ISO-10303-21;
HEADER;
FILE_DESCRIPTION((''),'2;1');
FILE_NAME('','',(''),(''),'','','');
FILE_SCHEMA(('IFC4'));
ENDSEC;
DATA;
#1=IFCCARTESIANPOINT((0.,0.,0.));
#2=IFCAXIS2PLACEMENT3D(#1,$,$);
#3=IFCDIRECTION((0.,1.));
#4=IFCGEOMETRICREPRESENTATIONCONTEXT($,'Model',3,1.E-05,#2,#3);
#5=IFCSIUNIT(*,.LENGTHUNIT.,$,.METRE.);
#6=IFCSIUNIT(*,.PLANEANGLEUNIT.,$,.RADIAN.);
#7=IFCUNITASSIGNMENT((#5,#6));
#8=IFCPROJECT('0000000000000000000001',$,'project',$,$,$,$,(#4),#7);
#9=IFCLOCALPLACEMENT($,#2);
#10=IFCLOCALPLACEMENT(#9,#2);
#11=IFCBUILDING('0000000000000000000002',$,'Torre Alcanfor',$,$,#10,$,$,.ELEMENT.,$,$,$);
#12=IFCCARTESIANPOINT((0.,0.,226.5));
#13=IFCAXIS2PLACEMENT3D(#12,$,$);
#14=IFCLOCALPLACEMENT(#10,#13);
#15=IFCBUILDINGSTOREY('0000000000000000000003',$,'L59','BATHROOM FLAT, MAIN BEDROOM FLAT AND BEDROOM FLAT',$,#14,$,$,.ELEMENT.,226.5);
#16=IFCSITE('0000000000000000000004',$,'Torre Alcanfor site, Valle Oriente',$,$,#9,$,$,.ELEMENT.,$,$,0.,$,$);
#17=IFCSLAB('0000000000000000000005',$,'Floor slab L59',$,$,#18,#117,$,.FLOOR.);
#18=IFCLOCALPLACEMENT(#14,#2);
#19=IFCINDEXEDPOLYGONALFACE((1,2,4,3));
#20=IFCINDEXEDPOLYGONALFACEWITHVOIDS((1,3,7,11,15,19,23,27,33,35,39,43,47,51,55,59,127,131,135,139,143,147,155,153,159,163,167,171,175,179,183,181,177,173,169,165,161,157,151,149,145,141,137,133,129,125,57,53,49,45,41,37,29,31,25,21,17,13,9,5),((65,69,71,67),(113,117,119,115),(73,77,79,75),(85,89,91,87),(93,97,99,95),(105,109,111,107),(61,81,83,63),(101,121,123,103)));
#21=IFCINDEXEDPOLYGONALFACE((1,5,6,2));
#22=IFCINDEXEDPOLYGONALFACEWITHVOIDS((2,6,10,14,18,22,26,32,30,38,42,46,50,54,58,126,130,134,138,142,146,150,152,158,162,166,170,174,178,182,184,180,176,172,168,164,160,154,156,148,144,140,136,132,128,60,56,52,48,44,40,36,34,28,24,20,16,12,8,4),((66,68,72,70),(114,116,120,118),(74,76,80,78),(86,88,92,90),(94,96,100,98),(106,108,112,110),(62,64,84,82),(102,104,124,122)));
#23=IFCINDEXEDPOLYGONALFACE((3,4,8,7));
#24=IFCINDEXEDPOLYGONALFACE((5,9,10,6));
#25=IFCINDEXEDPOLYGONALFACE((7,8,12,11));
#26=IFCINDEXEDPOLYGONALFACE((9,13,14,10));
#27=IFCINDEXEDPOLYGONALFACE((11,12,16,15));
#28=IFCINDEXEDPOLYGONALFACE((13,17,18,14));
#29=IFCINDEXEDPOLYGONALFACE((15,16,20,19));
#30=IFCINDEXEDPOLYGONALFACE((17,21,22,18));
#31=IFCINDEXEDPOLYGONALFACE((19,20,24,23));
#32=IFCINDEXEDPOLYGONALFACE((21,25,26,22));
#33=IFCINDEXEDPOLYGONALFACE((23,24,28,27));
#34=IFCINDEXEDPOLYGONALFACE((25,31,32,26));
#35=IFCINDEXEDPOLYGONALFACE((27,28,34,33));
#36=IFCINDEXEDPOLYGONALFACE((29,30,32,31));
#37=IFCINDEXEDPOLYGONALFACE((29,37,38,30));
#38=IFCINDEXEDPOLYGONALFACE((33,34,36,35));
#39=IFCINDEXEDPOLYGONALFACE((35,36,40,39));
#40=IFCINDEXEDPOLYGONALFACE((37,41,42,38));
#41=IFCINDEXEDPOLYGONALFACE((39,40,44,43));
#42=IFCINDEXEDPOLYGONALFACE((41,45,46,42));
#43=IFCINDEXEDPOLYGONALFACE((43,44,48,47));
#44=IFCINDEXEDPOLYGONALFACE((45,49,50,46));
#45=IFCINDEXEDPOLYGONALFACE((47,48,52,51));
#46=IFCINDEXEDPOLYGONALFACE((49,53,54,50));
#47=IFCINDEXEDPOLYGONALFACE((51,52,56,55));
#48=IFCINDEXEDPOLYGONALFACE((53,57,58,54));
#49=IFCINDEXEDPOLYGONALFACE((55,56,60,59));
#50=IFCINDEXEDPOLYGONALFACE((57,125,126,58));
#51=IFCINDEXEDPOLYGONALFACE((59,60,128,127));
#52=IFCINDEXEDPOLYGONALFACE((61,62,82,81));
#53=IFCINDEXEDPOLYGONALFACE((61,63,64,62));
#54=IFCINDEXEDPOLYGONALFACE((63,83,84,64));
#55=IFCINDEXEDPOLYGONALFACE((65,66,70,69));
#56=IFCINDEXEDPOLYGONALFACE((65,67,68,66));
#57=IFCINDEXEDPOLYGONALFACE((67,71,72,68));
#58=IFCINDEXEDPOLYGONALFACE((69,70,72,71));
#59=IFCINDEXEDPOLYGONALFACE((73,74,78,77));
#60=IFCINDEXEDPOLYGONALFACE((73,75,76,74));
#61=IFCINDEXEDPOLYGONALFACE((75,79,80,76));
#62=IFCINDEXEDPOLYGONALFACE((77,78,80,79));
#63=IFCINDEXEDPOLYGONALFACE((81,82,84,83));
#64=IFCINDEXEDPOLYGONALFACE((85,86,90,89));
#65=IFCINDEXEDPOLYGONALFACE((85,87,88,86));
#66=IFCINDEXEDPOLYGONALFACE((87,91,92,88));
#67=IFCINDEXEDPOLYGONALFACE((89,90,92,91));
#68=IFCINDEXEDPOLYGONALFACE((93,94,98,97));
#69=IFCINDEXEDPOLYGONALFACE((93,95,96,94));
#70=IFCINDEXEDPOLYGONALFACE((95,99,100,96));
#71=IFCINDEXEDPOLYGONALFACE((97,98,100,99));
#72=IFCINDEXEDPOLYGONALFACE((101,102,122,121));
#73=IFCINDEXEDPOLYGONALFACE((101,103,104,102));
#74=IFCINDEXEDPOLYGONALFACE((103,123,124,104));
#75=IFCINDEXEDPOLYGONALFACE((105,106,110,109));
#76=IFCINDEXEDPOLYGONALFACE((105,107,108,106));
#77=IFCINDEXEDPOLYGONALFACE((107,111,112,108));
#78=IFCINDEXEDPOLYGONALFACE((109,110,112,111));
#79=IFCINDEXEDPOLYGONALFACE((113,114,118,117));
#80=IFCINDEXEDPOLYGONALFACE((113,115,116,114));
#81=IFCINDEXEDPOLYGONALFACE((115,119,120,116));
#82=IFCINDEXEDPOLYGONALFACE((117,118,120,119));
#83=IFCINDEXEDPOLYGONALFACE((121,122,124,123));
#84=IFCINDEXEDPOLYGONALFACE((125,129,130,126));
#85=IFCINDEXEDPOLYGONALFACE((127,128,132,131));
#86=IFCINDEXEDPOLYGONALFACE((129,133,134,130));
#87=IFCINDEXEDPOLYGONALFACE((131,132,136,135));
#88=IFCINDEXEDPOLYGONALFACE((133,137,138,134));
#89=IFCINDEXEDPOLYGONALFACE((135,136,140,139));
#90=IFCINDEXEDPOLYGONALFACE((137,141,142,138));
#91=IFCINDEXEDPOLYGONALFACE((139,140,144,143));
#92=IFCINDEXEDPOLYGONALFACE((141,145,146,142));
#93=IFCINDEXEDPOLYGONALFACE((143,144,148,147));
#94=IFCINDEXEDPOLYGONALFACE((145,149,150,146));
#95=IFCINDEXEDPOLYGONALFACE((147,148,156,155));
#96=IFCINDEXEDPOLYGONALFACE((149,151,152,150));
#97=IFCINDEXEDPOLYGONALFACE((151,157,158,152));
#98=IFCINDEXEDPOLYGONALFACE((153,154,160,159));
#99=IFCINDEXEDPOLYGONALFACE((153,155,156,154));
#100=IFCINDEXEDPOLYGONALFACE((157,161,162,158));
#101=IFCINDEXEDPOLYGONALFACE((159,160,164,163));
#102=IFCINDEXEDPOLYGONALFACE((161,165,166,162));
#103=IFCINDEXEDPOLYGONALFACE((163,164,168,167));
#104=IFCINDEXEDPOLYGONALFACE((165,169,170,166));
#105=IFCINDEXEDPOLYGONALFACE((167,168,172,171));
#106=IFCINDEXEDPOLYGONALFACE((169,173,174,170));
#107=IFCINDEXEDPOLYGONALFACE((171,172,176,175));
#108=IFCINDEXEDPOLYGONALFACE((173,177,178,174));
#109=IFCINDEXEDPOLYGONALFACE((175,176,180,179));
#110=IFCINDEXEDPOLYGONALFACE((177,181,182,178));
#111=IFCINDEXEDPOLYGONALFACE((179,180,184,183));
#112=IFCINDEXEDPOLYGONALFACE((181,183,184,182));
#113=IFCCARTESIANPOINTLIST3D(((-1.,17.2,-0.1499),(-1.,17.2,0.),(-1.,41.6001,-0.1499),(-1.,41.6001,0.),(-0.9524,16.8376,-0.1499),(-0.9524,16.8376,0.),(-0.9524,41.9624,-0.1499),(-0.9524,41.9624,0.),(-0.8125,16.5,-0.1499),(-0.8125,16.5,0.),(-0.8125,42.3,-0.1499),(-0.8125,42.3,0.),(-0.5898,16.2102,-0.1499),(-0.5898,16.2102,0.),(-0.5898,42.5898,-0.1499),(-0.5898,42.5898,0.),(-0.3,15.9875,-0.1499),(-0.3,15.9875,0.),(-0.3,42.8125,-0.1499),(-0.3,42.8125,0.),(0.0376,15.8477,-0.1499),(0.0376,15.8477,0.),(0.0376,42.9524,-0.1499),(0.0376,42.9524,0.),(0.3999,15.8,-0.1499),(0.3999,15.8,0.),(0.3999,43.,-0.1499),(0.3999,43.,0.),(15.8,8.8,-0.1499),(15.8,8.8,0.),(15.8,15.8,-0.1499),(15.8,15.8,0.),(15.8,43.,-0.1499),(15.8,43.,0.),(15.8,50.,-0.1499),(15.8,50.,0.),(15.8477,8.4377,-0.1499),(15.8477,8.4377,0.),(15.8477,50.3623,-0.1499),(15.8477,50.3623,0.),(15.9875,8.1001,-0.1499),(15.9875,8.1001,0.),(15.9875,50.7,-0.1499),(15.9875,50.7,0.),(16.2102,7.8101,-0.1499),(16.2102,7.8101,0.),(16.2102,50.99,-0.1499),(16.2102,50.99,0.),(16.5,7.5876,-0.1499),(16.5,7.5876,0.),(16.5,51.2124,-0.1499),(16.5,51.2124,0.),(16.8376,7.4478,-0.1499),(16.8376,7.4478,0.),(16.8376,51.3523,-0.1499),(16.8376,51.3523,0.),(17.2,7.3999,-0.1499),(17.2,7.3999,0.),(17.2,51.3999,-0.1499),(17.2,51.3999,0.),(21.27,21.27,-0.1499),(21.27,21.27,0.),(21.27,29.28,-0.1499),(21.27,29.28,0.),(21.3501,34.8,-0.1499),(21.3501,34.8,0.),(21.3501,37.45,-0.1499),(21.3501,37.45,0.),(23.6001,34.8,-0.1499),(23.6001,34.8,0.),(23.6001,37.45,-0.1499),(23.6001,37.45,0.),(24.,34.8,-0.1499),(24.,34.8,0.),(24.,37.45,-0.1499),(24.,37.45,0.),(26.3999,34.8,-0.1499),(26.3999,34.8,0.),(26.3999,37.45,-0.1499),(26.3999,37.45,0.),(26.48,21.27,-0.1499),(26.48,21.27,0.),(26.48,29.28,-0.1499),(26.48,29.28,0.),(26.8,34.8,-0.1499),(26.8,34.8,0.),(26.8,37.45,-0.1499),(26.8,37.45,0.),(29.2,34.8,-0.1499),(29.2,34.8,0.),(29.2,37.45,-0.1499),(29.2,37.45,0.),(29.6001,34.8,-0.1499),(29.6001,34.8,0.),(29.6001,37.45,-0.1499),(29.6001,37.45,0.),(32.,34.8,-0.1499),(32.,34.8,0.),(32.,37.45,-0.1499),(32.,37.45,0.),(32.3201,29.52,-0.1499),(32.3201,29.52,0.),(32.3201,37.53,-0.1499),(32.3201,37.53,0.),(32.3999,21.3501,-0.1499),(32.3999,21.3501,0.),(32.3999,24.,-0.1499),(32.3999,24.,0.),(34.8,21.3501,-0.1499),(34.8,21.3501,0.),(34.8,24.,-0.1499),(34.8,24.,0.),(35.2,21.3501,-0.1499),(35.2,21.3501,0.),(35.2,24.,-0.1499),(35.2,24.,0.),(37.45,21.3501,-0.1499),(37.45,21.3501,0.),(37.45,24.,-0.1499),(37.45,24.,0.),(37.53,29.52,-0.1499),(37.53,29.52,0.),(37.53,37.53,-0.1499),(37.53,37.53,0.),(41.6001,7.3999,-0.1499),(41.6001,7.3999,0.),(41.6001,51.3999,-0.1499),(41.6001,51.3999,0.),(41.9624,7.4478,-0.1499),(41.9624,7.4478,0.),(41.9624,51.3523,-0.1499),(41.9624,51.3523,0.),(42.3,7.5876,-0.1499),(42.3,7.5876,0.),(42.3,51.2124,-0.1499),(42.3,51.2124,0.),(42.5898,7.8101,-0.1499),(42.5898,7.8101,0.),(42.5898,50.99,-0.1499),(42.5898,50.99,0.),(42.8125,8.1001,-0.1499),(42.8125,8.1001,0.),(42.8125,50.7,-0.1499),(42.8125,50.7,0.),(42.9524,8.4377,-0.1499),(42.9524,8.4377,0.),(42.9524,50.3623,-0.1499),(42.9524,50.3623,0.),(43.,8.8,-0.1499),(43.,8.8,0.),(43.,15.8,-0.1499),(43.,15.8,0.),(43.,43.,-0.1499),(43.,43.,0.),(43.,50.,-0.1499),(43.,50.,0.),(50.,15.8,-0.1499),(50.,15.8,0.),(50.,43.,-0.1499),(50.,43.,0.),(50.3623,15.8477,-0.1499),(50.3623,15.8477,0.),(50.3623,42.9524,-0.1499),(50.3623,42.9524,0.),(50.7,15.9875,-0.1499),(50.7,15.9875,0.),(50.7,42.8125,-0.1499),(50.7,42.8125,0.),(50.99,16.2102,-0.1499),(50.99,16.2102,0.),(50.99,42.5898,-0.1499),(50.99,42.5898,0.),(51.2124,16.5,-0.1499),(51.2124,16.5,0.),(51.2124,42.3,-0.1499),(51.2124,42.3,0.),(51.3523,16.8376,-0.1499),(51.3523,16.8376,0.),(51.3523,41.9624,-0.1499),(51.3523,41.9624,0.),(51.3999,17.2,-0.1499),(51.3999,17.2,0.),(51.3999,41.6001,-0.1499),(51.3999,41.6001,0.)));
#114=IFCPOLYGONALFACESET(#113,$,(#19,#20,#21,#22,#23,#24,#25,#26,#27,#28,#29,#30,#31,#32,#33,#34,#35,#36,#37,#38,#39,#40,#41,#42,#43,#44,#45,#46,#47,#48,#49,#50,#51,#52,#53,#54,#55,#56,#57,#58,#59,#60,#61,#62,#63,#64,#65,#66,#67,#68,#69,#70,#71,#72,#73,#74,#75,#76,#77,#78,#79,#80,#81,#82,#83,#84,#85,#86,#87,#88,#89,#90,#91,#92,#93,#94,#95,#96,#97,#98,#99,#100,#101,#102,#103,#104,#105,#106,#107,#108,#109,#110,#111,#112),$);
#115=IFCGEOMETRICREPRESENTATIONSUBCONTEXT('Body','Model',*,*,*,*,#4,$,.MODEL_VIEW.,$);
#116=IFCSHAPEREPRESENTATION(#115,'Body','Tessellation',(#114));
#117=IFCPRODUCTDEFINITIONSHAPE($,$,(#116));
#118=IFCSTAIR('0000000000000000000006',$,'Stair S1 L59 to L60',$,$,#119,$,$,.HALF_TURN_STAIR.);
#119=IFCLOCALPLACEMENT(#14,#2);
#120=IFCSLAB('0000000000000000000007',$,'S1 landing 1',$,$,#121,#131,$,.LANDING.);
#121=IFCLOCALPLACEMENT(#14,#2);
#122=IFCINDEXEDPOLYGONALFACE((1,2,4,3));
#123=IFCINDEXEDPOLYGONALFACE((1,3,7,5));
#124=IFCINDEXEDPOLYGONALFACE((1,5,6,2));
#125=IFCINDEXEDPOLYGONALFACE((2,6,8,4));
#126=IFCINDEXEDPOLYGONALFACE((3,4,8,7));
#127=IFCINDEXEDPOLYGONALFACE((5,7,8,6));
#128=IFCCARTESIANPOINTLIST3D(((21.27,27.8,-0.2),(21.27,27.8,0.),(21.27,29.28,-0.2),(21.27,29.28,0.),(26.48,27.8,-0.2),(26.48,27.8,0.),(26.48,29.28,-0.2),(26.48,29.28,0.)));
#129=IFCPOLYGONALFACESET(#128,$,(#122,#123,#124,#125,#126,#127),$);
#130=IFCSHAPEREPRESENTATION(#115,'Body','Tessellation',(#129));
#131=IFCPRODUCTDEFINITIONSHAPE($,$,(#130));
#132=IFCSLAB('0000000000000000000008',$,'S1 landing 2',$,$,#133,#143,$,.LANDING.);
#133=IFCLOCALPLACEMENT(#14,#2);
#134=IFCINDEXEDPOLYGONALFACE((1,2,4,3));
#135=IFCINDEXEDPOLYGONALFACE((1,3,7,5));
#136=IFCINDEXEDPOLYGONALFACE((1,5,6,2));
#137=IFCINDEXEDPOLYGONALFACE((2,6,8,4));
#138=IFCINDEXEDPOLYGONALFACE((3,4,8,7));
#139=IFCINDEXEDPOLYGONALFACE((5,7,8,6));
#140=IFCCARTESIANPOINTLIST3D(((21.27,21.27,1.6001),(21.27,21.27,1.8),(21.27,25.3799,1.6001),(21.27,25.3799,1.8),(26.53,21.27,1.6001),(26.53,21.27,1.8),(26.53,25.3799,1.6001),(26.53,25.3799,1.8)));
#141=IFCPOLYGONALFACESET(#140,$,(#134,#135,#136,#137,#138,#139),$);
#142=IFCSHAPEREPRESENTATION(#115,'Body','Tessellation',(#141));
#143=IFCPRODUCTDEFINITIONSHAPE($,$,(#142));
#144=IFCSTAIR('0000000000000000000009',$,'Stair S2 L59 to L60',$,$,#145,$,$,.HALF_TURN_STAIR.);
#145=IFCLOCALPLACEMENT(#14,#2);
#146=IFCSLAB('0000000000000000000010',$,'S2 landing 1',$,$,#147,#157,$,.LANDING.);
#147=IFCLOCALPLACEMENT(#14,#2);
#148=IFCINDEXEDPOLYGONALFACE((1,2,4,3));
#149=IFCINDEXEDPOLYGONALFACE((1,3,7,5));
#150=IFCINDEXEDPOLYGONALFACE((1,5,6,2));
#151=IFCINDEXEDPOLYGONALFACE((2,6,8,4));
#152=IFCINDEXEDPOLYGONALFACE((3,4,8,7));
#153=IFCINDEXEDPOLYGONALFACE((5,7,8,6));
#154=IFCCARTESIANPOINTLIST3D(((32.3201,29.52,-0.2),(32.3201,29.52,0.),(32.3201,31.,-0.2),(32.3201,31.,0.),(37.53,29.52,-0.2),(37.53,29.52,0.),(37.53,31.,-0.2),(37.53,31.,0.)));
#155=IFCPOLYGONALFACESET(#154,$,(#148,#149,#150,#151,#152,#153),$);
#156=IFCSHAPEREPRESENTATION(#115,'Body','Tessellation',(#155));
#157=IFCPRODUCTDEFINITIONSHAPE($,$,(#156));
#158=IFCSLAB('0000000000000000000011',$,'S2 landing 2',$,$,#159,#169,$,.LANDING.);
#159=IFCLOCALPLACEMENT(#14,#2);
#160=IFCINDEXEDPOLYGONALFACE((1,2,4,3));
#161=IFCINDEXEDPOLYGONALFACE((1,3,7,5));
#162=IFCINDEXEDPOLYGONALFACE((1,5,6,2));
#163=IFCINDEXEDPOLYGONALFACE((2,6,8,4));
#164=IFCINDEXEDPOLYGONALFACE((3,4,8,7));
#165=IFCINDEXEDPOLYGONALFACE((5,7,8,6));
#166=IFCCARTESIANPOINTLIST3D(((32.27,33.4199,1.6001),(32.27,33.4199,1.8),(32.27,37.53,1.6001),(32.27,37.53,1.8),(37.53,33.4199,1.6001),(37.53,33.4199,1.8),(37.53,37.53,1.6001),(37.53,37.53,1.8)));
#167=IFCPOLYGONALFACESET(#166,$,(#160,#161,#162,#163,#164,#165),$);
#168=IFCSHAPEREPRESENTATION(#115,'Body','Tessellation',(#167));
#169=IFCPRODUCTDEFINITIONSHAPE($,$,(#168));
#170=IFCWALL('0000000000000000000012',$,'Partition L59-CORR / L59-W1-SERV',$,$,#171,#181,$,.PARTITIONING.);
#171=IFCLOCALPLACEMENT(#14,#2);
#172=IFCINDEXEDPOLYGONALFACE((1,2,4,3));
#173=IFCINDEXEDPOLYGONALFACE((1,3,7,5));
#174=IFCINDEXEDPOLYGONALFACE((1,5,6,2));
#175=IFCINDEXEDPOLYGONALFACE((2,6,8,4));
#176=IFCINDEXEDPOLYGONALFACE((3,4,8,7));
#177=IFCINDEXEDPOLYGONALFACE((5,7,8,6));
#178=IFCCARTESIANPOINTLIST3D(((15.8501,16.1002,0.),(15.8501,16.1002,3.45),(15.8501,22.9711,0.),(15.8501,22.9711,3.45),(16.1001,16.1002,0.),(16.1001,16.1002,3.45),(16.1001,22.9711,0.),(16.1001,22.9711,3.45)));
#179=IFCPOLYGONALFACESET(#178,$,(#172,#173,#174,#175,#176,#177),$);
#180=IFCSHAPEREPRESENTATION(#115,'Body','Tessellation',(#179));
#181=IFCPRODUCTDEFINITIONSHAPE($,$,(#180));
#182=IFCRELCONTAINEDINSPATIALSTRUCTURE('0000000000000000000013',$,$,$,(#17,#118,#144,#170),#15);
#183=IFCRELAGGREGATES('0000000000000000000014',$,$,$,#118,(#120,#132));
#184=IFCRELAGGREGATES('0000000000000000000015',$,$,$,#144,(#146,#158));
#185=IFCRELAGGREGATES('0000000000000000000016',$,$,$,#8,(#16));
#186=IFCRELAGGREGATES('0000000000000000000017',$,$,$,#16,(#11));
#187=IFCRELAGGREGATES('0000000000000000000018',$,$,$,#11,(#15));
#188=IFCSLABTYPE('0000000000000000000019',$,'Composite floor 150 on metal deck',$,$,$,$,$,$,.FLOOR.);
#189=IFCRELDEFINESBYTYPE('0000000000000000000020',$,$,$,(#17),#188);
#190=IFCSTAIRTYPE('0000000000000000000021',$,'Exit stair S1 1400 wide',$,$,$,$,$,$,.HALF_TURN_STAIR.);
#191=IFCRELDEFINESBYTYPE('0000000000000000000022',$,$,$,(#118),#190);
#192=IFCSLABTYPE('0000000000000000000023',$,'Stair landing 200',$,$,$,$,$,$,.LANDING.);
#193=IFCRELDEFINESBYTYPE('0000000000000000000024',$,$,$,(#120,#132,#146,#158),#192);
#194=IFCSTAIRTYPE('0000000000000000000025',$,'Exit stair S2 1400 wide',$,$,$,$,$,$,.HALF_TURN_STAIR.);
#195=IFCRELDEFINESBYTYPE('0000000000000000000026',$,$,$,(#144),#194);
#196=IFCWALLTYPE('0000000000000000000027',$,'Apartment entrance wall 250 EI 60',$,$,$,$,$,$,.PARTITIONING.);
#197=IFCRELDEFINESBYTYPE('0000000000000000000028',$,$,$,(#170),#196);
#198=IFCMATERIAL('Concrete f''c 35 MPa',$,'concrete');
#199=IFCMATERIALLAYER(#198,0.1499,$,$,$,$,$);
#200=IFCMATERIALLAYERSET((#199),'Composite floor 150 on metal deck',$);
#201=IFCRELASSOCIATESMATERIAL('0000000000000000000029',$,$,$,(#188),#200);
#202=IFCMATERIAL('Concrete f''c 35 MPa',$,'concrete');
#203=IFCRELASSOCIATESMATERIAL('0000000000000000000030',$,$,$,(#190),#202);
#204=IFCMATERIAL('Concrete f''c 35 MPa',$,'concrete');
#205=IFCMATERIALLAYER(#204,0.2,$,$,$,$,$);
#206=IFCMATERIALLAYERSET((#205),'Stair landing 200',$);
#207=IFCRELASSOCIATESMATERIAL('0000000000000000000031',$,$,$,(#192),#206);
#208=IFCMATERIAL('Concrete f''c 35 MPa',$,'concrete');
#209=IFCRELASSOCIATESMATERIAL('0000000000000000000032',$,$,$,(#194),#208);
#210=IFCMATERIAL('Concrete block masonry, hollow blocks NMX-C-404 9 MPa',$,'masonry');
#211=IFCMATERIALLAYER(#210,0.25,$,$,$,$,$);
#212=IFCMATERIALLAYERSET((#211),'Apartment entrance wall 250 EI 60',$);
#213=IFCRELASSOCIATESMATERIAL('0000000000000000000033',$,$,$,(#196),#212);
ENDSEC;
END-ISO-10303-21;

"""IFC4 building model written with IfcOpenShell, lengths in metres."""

from ifc_helpers import new_model, si_unit, direction, frame, frame_2d, origin, place, context, subcontext, project, spatial, polyline, rectangle, outline, extrude, material, layer, layer_set, type_object, element, aggregate, save


model = new_model("IFC4")

# Units and contexts
model_context = context("Model", 3, precision=1e-05, world=origin(), true_north=direction((0.0, 1.0)))
body_context = subcontext(model_context, "Body", "Model", "MODEL_VIEW")
ifc_project = project(units=[si_unit("LENGTHUNIT", "METRE"), si_unit("PLANEANGLEUNIT", "RADIAN")], contexts=[model_context])

# Site, building, storey
site_placement = place(None, origin())
site = spatial("IfcSite", under=ifc_project, at=site_placement, Name="Torre Alcanfor site, Valle Oriente", CompositionType="ELEMENT", RefElevation=0.0)
building_placement = place(site_placement, origin())
building = spatial("IfcBuilding", under=site, at=building_placement, Name="Torre Alcanfor", CompositionType="ELEMENT")
storey_placement = place(building_placement, frame((0.0, 0.0, 226.5)))
storey = spatial("IfcBuildingStorey", under=building, at=storey_placement, Name="L59", Description="BATHROOM FLAT, MAIN BEDROOM FLAT AND BEDROOM FLAT", CompositionType="ELEMENT", Elevation=226.5)

# Slab
ifc_material_1 = material(Name="Concrete f'c 35 MPa", Category="concrete")
ifc_layer_1 = layer(ifc_material_1, 0.1499)
ifc_layer_set_1 = layer_set([ifc_layer_1], Name="Composite floor 150 on metal deck")
slab_type_1 = type_object("IfcSlabType", Name="Composite floor 150 on metal deck", PredefinedType="FLOOR", material=ifc_layer_set_1)
slab_1_placement = place(storey_placement, frame((0.0, 0.0, -0.1499)))
element("IfcSlab", 1, at=slab_1_placement, inside=storey, type_object=slab_type_1, Name="Floor slab L59", PredefinedType="FLOOR", context=body_context, shape_type="SweptSolid", body=[
    extrude(outline(polyline([(15.8, 43.0), (0.3999, 43.0), (0.0376, 42.9524), (-0.3, 42.8125), (-0.5898, 42.5898), (-0.8125, 42.3), (-0.9524, 41.9624), (-1.0, 41.6001), (-1.0, 17.2), (-0.9524, 16.8376), (-0.8125, 16.5), (-0.5898, 16.2102), (-0.3, 15.9875), (0.0376, 15.8477), (0.3999, 15.8), (15.8, 15.8), (15.8, 8.8), (15.8477, 8.4377), (15.9875, 8.1001), (16.2102, 7.8101), (16.5, 7.5876), (16.8376, 7.4478), (17.2, 7.3999), (41.6001, 7.3999), (41.9624, 7.4478), (42.3, 7.5876), (42.5898, 7.8101), (42.8125, 8.1001), (42.9524, 8.4377), (43.0, 8.8), (43.0, 15.8), (50.0, 15.8), (50.3623, 15.8477), (50.7, 15.9875), (50.99, 16.2102), (51.2124, 16.5), (51.3523, 16.8376), (51.3999, 17.2), (51.3999, 41.6001), (51.3523, 41.9624), (51.2124, 42.3), (50.99, 42.5898), (50.7, 42.8125), (50.3623, 42.9524), (50.0, 43.0), (43.0, 43.0), (43.0, 50.0), (42.9524, 50.3623), (42.8125, 50.7), (42.5898, 50.99), (42.3, 51.2124), (41.9624, 51.3523), (41.6001, 51.3999), (17.2, 51.3999), (16.8376, 51.3523), (16.5, 51.2124), (16.2102, 50.99), (15.9875, 50.7), (15.8477, 50.3623), (15.8, 50.0), (15.8, 43.0)]), holes=[polyline([(21.27, 21.27), (26.48, 21.27), (26.48, 29.28), (21.27, 29.28), (21.27, 21.27)]), polyline([(32.3201, 29.52), (37.53, 29.52), (37.53, 37.53), (32.3201, 37.53), (32.3201, 29.52)]), polyline([(32.3999, 21.3501), (34.8, 21.3501), (34.8, 24.0), (32.3999, 24.0), (32.3999, 21.3501)]), polyline([(35.2, 21.3501), (37.45, 21.3501), (37.45, 24.0), (35.2, 24.0), (35.2, 21.3501)]), polyline([(21.3501, 34.8), (23.6001, 34.8), (23.6001, 37.45), (21.3501, 37.45), (21.3501, 34.8)]), polyline([(24.0, 34.8), (26.3999, 34.8), (26.3999, 37.45), (24.0, 37.45), (24.0, 34.8)]), polyline([(26.8, 34.8), (29.2, 34.8), (29.2, 37.45), (26.8, 37.45), (26.8, 34.8)]), polyline([(29.6001, 34.8), (32.0, 34.8), (32.0, 37.45), (29.6001, 37.45), (29.6001, 34.8)])]), origin(), (0.0, 0.0, 1.0), 0.1499),
])

# Stairs, slabs
ifc_material_2 = material(Name="Concrete f'c 35 MPa", Category="concrete")
stair_type_1 = type_object("IfcStairType", Name="Exit stair S1 1400 wide", PredefinedType="HALF_TURN_STAIR", material=ifc_material_2)
stair_1_placement = place(storey_placement, origin())
stair_1 = element("IfcStair", 2, at=stair_1_placement, inside=storey, type_object=stair_type_1, Name="Stair S1 L59 to L60", PredefinedType="HALF_TURN_STAIR")
ifc_material_3 = material(Name="Concrete f'c 35 MPa", Category="concrete")
ifc_layer_2 = layer(ifc_material_3, 0.2)
ifc_layer_set_2 = layer_set([ifc_layer_2], Name="Stair landing 200")
slab_type_2 = type_object("IfcSlabType", Name="Stair landing 200", PredefinedType="LANDING", material=ifc_layer_set_2)
slab_2_placement = place(storey_placement, frame((0.0, 0.0, -0.2)))
slab_2 = element("IfcSlab", 3, at=slab_2_placement, type_object=slab_type_2, Name="S1 landing 1", PredefinedType="LANDING", context=body_context, shape_type="SweptSolid", body=[
    extrude(outline(polyline([(21.27, 27.8), (26.48, 27.8), (26.48, 29.28), (21.27, 29.28), (21.27, 27.8)])), origin(), (0.0, 0.0, 1.0), 0.2),
])
slab_3_placement = place(storey_placement, frame((0.0, 0.0, 1.6001)))
slab_3 = element("IfcSlab", 4, at=slab_3_placement, type_object=slab_type_2, Name="S1 landing 2", PredefinedType="LANDING", context=body_context, shape_type="SweptSolid", body=[
    extrude(outline(polyline([(21.27, 21.27), (26.53, 21.27), (26.53, 25.3799), (21.27, 25.3799), (21.27, 21.27)])), origin(), (0.0, 0.0, 1.0), 0.2),
])
aggregate(stair_1, [slab_2, slab_3])
ifc_material_4 = material(Name="Concrete f'c 35 MPa", Category="concrete")
stair_type_2 = type_object("IfcStairType", Name="Exit stair S2 1400 wide", PredefinedType="HALF_TURN_STAIR", material=ifc_material_4)
stair_2_placement = place(storey_placement, origin())
stair_2 = element("IfcStair", 5, at=stair_2_placement, inside=storey, type_object=stair_type_2, Name="Stair S2 L59 to L60", PredefinedType="HALF_TURN_STAIR")
slab_4_placement = place(storey_placement, frame((0.0, 0.0, -0.2)))
slab_4 = element("IfcSlab", 6, at=slab_4_placement, type_object=slab_type_2, Name="S2 landing 1", PredefinedType="LANDING", context=body_context, shape_type="SweptSolid", body=[
    extrude(outline(polyline([(32.3201, 29.52), (37.53, 29.52), (37.53, 31.0), (32.3201, 31.0), (32.3201, 29.52)])), origin(), (0.0, 0.0, 1.0), 0.2),
])
slab_5_placement = place(storey_placement, frame((0.0, 0.0, 1.6001)))
slab_5 = element("IfcSlab", 7, at=slab_5_placement, type_object=slab_type_2, Name="S2 landing 2", PredefinedType="LANDING", context=body_context, shape_type="SweptSolid", body=[
    extrude(outline(polyline([(32.27, 33.4199), (37.53, 33.4199), (37.53, 37.53), (32.27, 37.53), (32.27, 33.4199)])), origin(), (0.0, 0.0, 1.0), 0.2),
])
aggregate(stair_2, [slab_4, slab_5])

# Wall
ifc_material_5 = material(Name="Concrete block masonry, hollow blocks NMX-C-404 9 MPa", Category="masonry")
ifc_layer_3 = layer(ifc_material_5, 0.25)
ifc_layer_set_3 = layer_set([ifc_layer_3], Name="Apartment entrance wall 250 EI 60")
wall_type_1 = type_object("IfcWallType", Name="Apartment entrance wall 250 EI 60", PredefinedType="PARTITIONING", material=ifc_layer_set_3)
wall_1_placement = place(storey_placement, frame((15.9751, 16.1001, 0.0), z_axis=(0.0, 0.0, 1.0), x_axis=(0.0, 1.0, 0.0)))
element("IfcWall", 8, at=wall_1_placement, inside=storey, type_object=wall_type_1, Name="Partition L59-CORR / L59-W1-SERV", PredefinedType="PARTITIONING", context=body_context, shape_type="SweptSolid", body=[
    extrude(rectangle(XDim=6.8708, YDim=0.25, at=frame_2d((3.4355, 0.0))), origin(), (0.0, 0.0, 1.0), 3.45),
])

save(model, "model.ifc")
